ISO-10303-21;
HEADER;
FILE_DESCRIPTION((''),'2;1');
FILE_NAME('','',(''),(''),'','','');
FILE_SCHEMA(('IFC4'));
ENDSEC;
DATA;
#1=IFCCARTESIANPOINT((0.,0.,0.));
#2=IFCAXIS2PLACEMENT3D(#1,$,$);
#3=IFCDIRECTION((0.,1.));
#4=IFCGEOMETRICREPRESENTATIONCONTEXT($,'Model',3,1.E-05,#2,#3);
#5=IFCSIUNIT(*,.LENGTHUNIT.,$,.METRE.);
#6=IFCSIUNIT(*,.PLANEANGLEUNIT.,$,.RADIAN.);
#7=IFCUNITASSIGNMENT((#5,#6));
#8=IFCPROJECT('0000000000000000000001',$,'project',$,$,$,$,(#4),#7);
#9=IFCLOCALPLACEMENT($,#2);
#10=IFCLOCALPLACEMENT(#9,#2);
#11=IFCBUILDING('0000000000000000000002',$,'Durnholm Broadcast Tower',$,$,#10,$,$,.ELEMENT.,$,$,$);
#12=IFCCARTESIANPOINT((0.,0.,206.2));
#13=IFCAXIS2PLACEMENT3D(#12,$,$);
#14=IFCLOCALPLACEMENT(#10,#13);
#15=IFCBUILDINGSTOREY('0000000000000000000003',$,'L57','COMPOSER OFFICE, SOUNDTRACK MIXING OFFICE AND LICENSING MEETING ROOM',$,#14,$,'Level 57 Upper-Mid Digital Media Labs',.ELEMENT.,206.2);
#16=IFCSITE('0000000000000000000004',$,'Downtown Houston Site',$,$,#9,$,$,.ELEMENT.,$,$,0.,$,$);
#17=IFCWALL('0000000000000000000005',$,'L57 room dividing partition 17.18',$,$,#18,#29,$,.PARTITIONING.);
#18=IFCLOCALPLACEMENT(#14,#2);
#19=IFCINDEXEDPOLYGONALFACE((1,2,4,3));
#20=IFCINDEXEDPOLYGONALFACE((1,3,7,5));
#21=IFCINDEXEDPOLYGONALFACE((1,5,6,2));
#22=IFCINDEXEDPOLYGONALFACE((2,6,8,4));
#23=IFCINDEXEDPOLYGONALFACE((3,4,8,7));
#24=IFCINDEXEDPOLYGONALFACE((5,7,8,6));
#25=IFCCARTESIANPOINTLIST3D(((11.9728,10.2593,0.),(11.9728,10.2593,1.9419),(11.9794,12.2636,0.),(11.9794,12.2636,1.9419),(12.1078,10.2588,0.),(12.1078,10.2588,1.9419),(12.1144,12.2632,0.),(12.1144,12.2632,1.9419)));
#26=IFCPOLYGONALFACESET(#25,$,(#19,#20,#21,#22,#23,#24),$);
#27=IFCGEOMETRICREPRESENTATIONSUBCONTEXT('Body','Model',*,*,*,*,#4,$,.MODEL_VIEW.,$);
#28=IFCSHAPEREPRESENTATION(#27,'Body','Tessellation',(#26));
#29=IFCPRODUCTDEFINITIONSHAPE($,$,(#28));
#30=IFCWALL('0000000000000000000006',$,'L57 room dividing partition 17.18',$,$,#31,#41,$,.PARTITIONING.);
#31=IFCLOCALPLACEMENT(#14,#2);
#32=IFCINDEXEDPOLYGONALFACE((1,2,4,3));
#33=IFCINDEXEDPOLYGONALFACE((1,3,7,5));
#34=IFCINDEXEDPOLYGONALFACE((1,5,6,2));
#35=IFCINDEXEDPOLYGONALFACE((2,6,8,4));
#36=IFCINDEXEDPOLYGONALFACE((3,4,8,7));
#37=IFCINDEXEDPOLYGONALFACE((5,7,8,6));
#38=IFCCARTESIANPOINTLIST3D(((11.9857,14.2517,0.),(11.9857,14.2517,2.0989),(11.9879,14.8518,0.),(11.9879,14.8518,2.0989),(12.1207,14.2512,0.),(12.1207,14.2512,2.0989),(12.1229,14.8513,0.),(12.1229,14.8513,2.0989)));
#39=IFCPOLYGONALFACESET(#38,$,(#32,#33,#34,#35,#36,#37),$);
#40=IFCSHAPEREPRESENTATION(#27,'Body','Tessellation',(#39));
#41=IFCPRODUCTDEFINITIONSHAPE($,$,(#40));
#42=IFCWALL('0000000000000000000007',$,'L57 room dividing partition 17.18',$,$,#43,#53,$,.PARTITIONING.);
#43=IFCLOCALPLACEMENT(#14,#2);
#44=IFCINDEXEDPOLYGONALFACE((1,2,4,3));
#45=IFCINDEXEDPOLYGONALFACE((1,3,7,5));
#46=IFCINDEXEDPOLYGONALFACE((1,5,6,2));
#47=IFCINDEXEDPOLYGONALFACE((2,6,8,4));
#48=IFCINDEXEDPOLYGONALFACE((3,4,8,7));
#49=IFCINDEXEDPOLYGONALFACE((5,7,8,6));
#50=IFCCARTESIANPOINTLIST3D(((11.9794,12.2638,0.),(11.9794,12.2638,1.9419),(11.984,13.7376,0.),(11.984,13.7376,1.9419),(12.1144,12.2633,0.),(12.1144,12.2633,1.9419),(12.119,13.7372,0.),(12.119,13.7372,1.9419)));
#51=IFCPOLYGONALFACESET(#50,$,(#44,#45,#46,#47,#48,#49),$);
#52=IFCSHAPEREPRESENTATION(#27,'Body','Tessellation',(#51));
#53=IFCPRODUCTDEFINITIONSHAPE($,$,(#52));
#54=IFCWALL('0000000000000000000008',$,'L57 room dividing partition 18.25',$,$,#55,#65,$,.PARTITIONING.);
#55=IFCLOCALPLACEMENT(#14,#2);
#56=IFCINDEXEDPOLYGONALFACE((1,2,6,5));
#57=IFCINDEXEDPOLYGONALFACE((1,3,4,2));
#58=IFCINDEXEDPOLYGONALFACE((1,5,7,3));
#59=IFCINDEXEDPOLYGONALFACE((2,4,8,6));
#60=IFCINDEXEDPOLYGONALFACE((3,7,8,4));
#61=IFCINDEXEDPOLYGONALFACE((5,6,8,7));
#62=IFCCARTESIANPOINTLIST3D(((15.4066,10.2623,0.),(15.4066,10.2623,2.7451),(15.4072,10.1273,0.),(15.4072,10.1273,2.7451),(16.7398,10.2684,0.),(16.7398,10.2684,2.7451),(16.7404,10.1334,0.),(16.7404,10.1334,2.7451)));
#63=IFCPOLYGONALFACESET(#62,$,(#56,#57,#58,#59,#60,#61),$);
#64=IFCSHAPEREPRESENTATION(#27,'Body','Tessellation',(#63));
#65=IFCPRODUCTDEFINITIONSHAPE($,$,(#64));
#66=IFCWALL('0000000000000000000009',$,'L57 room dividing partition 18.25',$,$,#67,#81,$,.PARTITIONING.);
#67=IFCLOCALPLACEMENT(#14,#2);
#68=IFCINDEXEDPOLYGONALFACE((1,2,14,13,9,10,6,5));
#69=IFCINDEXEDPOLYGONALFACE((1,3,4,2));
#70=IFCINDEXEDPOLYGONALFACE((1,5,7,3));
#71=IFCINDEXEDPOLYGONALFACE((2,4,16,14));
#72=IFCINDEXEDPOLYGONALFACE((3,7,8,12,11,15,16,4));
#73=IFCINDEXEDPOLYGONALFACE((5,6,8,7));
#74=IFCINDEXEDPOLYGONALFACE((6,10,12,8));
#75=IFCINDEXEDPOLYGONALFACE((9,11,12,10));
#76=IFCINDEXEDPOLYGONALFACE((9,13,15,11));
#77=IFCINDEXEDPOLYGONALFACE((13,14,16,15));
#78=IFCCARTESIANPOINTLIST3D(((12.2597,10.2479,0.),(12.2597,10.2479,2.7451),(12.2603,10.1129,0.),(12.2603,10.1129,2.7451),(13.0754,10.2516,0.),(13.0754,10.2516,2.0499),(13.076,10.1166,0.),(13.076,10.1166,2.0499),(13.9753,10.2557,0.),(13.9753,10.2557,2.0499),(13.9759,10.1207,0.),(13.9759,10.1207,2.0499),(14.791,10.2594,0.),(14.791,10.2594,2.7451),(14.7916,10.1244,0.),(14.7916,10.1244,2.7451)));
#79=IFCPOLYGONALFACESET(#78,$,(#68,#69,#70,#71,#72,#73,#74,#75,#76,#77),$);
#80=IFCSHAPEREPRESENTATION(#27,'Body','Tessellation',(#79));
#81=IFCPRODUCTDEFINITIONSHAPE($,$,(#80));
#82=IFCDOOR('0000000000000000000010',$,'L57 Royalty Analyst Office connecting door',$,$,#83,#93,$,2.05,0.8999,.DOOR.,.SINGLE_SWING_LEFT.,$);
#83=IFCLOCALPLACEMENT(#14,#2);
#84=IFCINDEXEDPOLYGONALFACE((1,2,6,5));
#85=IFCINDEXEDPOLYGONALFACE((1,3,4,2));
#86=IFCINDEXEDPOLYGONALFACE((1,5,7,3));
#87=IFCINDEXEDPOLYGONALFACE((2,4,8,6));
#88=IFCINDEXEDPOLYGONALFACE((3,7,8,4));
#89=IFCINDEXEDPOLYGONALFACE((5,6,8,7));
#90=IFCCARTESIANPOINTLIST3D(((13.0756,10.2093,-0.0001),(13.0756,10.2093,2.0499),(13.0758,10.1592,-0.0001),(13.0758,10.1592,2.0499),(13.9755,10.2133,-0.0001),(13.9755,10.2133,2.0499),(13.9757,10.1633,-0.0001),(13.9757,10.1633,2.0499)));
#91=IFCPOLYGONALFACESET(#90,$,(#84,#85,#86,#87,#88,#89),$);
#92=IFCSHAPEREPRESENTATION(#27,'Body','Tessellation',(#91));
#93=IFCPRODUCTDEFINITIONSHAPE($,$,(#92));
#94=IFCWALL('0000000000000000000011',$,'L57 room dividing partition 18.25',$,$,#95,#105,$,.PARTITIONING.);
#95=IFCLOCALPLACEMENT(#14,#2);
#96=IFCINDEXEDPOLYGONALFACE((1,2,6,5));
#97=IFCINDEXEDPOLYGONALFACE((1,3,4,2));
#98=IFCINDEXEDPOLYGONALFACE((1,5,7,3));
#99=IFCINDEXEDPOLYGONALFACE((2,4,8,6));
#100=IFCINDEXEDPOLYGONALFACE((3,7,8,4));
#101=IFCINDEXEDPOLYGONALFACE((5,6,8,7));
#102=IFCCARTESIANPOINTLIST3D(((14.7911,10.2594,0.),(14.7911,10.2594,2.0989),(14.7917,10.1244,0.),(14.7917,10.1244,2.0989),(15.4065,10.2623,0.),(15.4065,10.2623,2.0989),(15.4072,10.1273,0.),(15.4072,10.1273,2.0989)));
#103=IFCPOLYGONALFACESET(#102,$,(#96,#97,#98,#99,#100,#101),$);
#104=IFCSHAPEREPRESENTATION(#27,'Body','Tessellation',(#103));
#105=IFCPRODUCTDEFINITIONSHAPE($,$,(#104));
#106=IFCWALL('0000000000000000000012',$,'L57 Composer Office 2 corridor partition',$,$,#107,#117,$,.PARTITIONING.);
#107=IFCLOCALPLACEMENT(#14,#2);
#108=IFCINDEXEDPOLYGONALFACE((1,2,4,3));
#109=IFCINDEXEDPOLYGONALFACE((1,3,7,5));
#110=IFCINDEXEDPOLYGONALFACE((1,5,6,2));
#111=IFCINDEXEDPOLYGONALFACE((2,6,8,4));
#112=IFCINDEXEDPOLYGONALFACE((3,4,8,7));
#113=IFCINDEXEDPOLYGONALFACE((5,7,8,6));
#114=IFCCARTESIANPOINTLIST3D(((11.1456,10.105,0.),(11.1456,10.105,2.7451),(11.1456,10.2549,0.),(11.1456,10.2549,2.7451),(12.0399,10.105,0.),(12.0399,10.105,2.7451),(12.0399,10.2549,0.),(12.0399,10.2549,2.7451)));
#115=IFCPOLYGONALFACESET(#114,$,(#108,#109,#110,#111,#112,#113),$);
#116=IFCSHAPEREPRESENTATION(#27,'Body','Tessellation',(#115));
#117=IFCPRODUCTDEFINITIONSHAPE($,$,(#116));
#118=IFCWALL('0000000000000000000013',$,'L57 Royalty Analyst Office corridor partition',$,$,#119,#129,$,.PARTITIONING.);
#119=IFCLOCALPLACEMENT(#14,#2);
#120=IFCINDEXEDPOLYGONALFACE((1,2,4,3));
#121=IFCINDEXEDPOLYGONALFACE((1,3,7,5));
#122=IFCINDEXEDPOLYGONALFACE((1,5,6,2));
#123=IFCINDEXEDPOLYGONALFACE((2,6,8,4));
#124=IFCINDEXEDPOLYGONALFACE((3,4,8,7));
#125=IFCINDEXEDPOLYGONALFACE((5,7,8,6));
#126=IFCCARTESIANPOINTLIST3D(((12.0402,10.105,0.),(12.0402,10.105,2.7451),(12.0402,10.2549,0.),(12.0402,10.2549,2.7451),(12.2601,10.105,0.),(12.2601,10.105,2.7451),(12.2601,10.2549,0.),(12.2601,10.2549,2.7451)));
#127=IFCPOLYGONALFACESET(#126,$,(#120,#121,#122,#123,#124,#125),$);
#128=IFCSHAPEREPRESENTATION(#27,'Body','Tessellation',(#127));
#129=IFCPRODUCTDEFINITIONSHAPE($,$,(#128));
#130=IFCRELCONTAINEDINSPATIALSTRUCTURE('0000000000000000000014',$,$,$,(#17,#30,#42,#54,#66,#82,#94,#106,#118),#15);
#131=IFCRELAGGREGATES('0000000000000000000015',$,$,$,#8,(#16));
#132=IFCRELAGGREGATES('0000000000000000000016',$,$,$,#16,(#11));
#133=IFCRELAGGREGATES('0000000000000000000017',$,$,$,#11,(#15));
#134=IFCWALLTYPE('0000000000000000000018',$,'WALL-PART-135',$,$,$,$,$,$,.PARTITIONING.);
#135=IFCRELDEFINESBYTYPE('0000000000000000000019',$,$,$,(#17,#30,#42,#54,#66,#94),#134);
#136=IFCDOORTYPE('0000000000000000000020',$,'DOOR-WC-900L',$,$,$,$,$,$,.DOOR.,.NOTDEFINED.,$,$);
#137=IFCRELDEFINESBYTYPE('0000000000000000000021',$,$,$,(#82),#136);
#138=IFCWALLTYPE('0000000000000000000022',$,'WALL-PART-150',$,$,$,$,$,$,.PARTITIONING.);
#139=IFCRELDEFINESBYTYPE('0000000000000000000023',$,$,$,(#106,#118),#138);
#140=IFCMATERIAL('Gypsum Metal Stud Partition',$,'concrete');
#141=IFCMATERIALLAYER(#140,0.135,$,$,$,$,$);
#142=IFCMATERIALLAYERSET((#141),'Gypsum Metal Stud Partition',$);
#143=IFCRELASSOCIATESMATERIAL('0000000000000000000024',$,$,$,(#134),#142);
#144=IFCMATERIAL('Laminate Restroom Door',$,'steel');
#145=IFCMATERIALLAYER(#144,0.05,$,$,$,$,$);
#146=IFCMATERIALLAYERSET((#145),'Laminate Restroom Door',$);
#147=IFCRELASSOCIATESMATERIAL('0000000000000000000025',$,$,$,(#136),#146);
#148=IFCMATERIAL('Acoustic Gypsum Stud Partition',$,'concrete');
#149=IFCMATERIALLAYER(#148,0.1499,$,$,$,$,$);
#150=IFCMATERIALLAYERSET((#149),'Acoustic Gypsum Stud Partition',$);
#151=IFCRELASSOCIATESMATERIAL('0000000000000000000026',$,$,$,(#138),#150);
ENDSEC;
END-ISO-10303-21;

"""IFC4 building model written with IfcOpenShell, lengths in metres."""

from ifc_helpers import new_model, si_unit, direction, frame, frame_2d, origin, place, context, subcontext, project, spatial, rectangle, extrude, source, transform, mapped, material, layer, layer_set, type_object, type_shapes, element, fill, save


model = new_model("IFC4")

# Units and contexts
model_context = context("Model", 3, precision=1e-05, world=origin(), true_north=direction((0.0, 1.0)))
body_context = subcontext(model_context, "Body", "Model", "MODEL_VIEW")
ifc_project = project(units=[si_unit("LENGTHUNIT", "METRE"), si_unit("PLANEANGLEUNIT", "RADIAN")], contexts=[model_context])

# Site, building, storey
site_placement = place(None, origin())
site = spatial("IfcSite", under=ifc_project, at=site_placement, Name="Downtown Houston Site", CompositionType="ELEMENT", RefElevation=0.0)
building_placement = place(site_placement, origin())
building = spatial("IfcBuilding", under=site, at=building_placement, Name="Durnholm Broadcast Tower", CompositionType="ELEMENT")
storey_placement = place(building_placement, frame((0.0, 0.0, 206.2)))
storey = spatial("IfcBuildingStorey", under=building, at=storey_placement, Name="L57", Description="COMPOSER OFFICE, SOUNDTRACK MIXING OFFICE AND LICENSING MEETING ROOM", LongName="Level 57 Upper-Mid Digital Media Labs", CompositionType="ELEMENT", Elevation=206.2)

# Walls
ifc_material_1 = material(Name="Gypsum Metal Stud Partition", Category="concrete")
ifc_layer_1 = layer(ifc_material_1, 0.135)
ifc_layer_set_1 = layer_set([ifc_layer_1], Name="Gypsum Metal Stud Partition")
wall_type_1 = type_object("IfcWallType", Name="WALL-PART-135", PredefinedType="PARTITIONING", material=ifc_layer_set_1)
wall_1_placement = place(storey_placement, frame((12.0469, 12.2634, 0.0), z_axis=(0.0, 0.0, 1.0), x_axis=(-0.003289, -0.999995, 0.0)))
element("IfcWall", 1, at=wall_1_placement, inside=storey, type_object=wall_type_1, Name="L57 room dividing partition 17.18", PredefinedType="PARTITIONING", context=body_context, shape_type="SweptSolid", body=[
    extrude(rectangle(XDim=2.0044, YDim=0.135, at=frame_2d((1.0022, 0.0))), origin(), (0.0, 0.0, 1.0), 1.9419),
])
wall_2_placement = place(storey_placement, frame((12.0554, 14.8516, 0.0), z_axis=(0.0, 0.0, 1.0), x_axis=(-0.003661, -0.999993, 0.0)))
element("IfcWall", 2, at=wall_2_placement, inside=storey, type_object=wall_type_1, Name="L57 room dividing partition 17.18", PredefinedType="PARTITIONING", context=body_context, shape_type="SweptSolid", body=[
    extrude(rectangle(XDim=0.6001, YDim=0.135, at=frame_2d((0.3, 0.0))), origin(), (0.0, 0.0, 1.0), 2.0989),
])
wall_3_placement = place(storey_placement, frame((12.0515, 13.7373, 0.0), z_axis=(0.0, 0.0, 1.0), x_axis=(-0.003147, -0.999995, 0.0)))
element("IfcWall", 3, at=wall_3_placement, inside=storey, type_object=wall_type_1, Name="L57 room dividing partition 17.18", PredefinedType="PARTITIONING", context=body_context, shape_type="SweptSolid", body=[
    extrude(rectangle(XDim=1.4739, YDim=0.135, at=frame_2d((0.7368, 0.0))), origin(), (0.0, 0.0, 1.0), 1.9419),
])
wall_4_placement = place(storey_placement, frame((16.74, 10.2009, 0.0), z_axis=(0.0, 0.0, 1.0), x_axis=(-0.99999, -0.004578, 0.0)))
element("IfcWall", 4, at=wall_4_placement, inside=storey, type_object=wall_type_1, Name="L57 room dividing partition 18.25", PredefinedType="PARTITIONING", context=body_context, shape_type="SweptSolid", body=[
    extrude(rectangle(XDim=1.3333, YDim=0.135, at=frame_2d((0.6665, 0.0))), origin(), (0.0, 0.0, 1.0), 2.7451),
])

# Wall, opening, door
wall_5_placement = place(storey_placement, frame((14.7913, 10.1919, 0.0), z_axis=(0.0, 0.0, 1.0), x_axis=(-0.99999, -0.004533, 0.0)))
wall_5 = element("IfcWall", 5, at=wall_5_placement, inside=storey, type_object=wall_type_1, Name="L57 room dividing partition 18.25", PredefinedType="PARTITIONING", context=body_context, shape_type="SweptSolid", body=[
    extrude(rectangle(XDim=2.5312, YDim=0.135, at=frame_2d((1.2656, 0.0))), origin(), (0.0, 0.0, 1.0), 2.7451),
])
opening_placement = place(wall_5_placement, frame((0.8157, 0.0, 0.0)))
opening = element("IfcOpeningElement", 6, at=opening_placement, cuts=wall_5, PredefinedType="OPENING", context=body_context, shape_type="SweptSolid", body=[
    extrude(rectangle(XDim=0.8999, YDim=2.05, at=frame_2d((0.45, 1.0249))), frame((0.0, 0.0776, 0.0), z_axis=(0.0, -1.0, 0.0), x_axis=(1.0, 0.0, 0.0)), (0.0, 0.0, 1.0), 0.155),
])
ifc_material_2 = material(Name="Laminate Restroom Door", Category="steel")
ifc_layer_2 = layer(ifc_material_2, 0.05)
ifc_layer_set_2 = layer_set([ifc_layer_2], Name="Laminate Restroom Door")
door_type = type_object("IfcDoorType", Name="DOOR-WC-900L", OperationType="NOTDEFINED", PredefinedType="DOOR", material=ifc_layer_set_2)
shared_shape_1 = source(origin(), body_context, "Body", "SweptSolid", [
    extrude(rectangle(XDim=0.8999, YDim=2.05, at=frame_2d((0.45, 1.0249))), frame((0.0, 0.0249, 0.0), z_axis=(0.0, -1.0, 0.0), x_axis=(1.0, 0.0, 0.0)), (0.0, 0.0, 1.0), 0.05),
])
type_shapes(door_type, [shared_shape_1])
door_placement = place(opening_placement, origin())
door = element("IfcDoor", 7, at=door_placement, inside=storey, type_object=door_type, Name="L57 Royalty Analyst Office connecting door", OperationType="SINGLE_SWING_LEFT", OverallHeight=2.05, OverallWidth=0.8999, PredefinedType="DOOR", context=body_context, shape_type="MappedRepresentation", body=[
    mapped(shared_shape_1, transform((0.0, 0.0, 0.0), x_axis=(1.0, 0.0, 0.0), y_axis=(0.0, 1.0, 0.0), z_axis=(0.0, 0.0, 1.0), scale=1.0)),
])
fill(opening, door)

# Walls
wall_6_placement = place(storey_placement, frame((15.4067, 10.1948, 0.0), z_axis=(0.0, 0.0, 1.0), x_axis=(-0.999989, -0.00476, 0.0)))
element("IfcWall", 8, at=wall_6_placement, inside=storey, type_object=wall_type_1, Name="L57 room dividing partition 18.25", PredefinedType="PARTITIONING", context=body_context, shape_type="SweptSolid", body=[
    extrude(rectangle(XDim=0.6155, YDim=0.135, at=frame_2d((0.3076, 0.0))), origin(), (0.0, 0.0, 1.0), 2.0989),
])
ifc_material_3 = material(Name="Acoustic Gypsum Stud Partition", Category="concrete")
ifc_layer_3 = layer(ifc_material_3, 0.1499)
ifc_layer_set_3 = layer_set([ifc_layer_3], Name="Acoustic Gypsum Stud Partition")
wall_type_2 = type_object("IfcWallType", Name="WALL-PART-150", PredefinedType="PARTITIONING", material=ifc_layer_set_3)
wall_7_placement = place(storey_placement, frame((12.04, 10.1799, 0.0), z_axis=(0.0, 0.0, 1.0), x_axis=(-1.0, 0.0, 0.0)))
element("IfcWall", 9, at=wall_7_placement, inside=storey, type_object=wall_type_2, Name="L57 Composer Office 2 corridor partition", PredefinedType="PARTITIONING", context=body_context, shape_type="SweptSolid", body=[
    extrude(rectangle(XDim=0.8943, YDim=0.1499, at=frame_2d((0.4473, 0.0))), origin(), (0.0, 0.0, 1.0), 2.7451),
])
wall_8_placement = place(storey_placement, frame((12.26, 10.1799, 0.0), z_axis=(0.0, 0.0, 1.0), x_axis=(-1.0, 0.0, 0.0)))
element("IfcWall", 10, at=wall_8_placement, inside=storey, type_object=wall_type_2, Name="L57 Royalty Analyst Office corridor partition", PredefinedType="PARTITIONING", context=body_context, shape_type="SweptSolid", body=[
    extrude(rectangle(XDim=0.22, YDim=0.1499, at=frame_2d((0.1099, 0.0))), origin(), (0.0, 0.0, 1.0), 2.7451),
])

save(model, "model.ifc")
